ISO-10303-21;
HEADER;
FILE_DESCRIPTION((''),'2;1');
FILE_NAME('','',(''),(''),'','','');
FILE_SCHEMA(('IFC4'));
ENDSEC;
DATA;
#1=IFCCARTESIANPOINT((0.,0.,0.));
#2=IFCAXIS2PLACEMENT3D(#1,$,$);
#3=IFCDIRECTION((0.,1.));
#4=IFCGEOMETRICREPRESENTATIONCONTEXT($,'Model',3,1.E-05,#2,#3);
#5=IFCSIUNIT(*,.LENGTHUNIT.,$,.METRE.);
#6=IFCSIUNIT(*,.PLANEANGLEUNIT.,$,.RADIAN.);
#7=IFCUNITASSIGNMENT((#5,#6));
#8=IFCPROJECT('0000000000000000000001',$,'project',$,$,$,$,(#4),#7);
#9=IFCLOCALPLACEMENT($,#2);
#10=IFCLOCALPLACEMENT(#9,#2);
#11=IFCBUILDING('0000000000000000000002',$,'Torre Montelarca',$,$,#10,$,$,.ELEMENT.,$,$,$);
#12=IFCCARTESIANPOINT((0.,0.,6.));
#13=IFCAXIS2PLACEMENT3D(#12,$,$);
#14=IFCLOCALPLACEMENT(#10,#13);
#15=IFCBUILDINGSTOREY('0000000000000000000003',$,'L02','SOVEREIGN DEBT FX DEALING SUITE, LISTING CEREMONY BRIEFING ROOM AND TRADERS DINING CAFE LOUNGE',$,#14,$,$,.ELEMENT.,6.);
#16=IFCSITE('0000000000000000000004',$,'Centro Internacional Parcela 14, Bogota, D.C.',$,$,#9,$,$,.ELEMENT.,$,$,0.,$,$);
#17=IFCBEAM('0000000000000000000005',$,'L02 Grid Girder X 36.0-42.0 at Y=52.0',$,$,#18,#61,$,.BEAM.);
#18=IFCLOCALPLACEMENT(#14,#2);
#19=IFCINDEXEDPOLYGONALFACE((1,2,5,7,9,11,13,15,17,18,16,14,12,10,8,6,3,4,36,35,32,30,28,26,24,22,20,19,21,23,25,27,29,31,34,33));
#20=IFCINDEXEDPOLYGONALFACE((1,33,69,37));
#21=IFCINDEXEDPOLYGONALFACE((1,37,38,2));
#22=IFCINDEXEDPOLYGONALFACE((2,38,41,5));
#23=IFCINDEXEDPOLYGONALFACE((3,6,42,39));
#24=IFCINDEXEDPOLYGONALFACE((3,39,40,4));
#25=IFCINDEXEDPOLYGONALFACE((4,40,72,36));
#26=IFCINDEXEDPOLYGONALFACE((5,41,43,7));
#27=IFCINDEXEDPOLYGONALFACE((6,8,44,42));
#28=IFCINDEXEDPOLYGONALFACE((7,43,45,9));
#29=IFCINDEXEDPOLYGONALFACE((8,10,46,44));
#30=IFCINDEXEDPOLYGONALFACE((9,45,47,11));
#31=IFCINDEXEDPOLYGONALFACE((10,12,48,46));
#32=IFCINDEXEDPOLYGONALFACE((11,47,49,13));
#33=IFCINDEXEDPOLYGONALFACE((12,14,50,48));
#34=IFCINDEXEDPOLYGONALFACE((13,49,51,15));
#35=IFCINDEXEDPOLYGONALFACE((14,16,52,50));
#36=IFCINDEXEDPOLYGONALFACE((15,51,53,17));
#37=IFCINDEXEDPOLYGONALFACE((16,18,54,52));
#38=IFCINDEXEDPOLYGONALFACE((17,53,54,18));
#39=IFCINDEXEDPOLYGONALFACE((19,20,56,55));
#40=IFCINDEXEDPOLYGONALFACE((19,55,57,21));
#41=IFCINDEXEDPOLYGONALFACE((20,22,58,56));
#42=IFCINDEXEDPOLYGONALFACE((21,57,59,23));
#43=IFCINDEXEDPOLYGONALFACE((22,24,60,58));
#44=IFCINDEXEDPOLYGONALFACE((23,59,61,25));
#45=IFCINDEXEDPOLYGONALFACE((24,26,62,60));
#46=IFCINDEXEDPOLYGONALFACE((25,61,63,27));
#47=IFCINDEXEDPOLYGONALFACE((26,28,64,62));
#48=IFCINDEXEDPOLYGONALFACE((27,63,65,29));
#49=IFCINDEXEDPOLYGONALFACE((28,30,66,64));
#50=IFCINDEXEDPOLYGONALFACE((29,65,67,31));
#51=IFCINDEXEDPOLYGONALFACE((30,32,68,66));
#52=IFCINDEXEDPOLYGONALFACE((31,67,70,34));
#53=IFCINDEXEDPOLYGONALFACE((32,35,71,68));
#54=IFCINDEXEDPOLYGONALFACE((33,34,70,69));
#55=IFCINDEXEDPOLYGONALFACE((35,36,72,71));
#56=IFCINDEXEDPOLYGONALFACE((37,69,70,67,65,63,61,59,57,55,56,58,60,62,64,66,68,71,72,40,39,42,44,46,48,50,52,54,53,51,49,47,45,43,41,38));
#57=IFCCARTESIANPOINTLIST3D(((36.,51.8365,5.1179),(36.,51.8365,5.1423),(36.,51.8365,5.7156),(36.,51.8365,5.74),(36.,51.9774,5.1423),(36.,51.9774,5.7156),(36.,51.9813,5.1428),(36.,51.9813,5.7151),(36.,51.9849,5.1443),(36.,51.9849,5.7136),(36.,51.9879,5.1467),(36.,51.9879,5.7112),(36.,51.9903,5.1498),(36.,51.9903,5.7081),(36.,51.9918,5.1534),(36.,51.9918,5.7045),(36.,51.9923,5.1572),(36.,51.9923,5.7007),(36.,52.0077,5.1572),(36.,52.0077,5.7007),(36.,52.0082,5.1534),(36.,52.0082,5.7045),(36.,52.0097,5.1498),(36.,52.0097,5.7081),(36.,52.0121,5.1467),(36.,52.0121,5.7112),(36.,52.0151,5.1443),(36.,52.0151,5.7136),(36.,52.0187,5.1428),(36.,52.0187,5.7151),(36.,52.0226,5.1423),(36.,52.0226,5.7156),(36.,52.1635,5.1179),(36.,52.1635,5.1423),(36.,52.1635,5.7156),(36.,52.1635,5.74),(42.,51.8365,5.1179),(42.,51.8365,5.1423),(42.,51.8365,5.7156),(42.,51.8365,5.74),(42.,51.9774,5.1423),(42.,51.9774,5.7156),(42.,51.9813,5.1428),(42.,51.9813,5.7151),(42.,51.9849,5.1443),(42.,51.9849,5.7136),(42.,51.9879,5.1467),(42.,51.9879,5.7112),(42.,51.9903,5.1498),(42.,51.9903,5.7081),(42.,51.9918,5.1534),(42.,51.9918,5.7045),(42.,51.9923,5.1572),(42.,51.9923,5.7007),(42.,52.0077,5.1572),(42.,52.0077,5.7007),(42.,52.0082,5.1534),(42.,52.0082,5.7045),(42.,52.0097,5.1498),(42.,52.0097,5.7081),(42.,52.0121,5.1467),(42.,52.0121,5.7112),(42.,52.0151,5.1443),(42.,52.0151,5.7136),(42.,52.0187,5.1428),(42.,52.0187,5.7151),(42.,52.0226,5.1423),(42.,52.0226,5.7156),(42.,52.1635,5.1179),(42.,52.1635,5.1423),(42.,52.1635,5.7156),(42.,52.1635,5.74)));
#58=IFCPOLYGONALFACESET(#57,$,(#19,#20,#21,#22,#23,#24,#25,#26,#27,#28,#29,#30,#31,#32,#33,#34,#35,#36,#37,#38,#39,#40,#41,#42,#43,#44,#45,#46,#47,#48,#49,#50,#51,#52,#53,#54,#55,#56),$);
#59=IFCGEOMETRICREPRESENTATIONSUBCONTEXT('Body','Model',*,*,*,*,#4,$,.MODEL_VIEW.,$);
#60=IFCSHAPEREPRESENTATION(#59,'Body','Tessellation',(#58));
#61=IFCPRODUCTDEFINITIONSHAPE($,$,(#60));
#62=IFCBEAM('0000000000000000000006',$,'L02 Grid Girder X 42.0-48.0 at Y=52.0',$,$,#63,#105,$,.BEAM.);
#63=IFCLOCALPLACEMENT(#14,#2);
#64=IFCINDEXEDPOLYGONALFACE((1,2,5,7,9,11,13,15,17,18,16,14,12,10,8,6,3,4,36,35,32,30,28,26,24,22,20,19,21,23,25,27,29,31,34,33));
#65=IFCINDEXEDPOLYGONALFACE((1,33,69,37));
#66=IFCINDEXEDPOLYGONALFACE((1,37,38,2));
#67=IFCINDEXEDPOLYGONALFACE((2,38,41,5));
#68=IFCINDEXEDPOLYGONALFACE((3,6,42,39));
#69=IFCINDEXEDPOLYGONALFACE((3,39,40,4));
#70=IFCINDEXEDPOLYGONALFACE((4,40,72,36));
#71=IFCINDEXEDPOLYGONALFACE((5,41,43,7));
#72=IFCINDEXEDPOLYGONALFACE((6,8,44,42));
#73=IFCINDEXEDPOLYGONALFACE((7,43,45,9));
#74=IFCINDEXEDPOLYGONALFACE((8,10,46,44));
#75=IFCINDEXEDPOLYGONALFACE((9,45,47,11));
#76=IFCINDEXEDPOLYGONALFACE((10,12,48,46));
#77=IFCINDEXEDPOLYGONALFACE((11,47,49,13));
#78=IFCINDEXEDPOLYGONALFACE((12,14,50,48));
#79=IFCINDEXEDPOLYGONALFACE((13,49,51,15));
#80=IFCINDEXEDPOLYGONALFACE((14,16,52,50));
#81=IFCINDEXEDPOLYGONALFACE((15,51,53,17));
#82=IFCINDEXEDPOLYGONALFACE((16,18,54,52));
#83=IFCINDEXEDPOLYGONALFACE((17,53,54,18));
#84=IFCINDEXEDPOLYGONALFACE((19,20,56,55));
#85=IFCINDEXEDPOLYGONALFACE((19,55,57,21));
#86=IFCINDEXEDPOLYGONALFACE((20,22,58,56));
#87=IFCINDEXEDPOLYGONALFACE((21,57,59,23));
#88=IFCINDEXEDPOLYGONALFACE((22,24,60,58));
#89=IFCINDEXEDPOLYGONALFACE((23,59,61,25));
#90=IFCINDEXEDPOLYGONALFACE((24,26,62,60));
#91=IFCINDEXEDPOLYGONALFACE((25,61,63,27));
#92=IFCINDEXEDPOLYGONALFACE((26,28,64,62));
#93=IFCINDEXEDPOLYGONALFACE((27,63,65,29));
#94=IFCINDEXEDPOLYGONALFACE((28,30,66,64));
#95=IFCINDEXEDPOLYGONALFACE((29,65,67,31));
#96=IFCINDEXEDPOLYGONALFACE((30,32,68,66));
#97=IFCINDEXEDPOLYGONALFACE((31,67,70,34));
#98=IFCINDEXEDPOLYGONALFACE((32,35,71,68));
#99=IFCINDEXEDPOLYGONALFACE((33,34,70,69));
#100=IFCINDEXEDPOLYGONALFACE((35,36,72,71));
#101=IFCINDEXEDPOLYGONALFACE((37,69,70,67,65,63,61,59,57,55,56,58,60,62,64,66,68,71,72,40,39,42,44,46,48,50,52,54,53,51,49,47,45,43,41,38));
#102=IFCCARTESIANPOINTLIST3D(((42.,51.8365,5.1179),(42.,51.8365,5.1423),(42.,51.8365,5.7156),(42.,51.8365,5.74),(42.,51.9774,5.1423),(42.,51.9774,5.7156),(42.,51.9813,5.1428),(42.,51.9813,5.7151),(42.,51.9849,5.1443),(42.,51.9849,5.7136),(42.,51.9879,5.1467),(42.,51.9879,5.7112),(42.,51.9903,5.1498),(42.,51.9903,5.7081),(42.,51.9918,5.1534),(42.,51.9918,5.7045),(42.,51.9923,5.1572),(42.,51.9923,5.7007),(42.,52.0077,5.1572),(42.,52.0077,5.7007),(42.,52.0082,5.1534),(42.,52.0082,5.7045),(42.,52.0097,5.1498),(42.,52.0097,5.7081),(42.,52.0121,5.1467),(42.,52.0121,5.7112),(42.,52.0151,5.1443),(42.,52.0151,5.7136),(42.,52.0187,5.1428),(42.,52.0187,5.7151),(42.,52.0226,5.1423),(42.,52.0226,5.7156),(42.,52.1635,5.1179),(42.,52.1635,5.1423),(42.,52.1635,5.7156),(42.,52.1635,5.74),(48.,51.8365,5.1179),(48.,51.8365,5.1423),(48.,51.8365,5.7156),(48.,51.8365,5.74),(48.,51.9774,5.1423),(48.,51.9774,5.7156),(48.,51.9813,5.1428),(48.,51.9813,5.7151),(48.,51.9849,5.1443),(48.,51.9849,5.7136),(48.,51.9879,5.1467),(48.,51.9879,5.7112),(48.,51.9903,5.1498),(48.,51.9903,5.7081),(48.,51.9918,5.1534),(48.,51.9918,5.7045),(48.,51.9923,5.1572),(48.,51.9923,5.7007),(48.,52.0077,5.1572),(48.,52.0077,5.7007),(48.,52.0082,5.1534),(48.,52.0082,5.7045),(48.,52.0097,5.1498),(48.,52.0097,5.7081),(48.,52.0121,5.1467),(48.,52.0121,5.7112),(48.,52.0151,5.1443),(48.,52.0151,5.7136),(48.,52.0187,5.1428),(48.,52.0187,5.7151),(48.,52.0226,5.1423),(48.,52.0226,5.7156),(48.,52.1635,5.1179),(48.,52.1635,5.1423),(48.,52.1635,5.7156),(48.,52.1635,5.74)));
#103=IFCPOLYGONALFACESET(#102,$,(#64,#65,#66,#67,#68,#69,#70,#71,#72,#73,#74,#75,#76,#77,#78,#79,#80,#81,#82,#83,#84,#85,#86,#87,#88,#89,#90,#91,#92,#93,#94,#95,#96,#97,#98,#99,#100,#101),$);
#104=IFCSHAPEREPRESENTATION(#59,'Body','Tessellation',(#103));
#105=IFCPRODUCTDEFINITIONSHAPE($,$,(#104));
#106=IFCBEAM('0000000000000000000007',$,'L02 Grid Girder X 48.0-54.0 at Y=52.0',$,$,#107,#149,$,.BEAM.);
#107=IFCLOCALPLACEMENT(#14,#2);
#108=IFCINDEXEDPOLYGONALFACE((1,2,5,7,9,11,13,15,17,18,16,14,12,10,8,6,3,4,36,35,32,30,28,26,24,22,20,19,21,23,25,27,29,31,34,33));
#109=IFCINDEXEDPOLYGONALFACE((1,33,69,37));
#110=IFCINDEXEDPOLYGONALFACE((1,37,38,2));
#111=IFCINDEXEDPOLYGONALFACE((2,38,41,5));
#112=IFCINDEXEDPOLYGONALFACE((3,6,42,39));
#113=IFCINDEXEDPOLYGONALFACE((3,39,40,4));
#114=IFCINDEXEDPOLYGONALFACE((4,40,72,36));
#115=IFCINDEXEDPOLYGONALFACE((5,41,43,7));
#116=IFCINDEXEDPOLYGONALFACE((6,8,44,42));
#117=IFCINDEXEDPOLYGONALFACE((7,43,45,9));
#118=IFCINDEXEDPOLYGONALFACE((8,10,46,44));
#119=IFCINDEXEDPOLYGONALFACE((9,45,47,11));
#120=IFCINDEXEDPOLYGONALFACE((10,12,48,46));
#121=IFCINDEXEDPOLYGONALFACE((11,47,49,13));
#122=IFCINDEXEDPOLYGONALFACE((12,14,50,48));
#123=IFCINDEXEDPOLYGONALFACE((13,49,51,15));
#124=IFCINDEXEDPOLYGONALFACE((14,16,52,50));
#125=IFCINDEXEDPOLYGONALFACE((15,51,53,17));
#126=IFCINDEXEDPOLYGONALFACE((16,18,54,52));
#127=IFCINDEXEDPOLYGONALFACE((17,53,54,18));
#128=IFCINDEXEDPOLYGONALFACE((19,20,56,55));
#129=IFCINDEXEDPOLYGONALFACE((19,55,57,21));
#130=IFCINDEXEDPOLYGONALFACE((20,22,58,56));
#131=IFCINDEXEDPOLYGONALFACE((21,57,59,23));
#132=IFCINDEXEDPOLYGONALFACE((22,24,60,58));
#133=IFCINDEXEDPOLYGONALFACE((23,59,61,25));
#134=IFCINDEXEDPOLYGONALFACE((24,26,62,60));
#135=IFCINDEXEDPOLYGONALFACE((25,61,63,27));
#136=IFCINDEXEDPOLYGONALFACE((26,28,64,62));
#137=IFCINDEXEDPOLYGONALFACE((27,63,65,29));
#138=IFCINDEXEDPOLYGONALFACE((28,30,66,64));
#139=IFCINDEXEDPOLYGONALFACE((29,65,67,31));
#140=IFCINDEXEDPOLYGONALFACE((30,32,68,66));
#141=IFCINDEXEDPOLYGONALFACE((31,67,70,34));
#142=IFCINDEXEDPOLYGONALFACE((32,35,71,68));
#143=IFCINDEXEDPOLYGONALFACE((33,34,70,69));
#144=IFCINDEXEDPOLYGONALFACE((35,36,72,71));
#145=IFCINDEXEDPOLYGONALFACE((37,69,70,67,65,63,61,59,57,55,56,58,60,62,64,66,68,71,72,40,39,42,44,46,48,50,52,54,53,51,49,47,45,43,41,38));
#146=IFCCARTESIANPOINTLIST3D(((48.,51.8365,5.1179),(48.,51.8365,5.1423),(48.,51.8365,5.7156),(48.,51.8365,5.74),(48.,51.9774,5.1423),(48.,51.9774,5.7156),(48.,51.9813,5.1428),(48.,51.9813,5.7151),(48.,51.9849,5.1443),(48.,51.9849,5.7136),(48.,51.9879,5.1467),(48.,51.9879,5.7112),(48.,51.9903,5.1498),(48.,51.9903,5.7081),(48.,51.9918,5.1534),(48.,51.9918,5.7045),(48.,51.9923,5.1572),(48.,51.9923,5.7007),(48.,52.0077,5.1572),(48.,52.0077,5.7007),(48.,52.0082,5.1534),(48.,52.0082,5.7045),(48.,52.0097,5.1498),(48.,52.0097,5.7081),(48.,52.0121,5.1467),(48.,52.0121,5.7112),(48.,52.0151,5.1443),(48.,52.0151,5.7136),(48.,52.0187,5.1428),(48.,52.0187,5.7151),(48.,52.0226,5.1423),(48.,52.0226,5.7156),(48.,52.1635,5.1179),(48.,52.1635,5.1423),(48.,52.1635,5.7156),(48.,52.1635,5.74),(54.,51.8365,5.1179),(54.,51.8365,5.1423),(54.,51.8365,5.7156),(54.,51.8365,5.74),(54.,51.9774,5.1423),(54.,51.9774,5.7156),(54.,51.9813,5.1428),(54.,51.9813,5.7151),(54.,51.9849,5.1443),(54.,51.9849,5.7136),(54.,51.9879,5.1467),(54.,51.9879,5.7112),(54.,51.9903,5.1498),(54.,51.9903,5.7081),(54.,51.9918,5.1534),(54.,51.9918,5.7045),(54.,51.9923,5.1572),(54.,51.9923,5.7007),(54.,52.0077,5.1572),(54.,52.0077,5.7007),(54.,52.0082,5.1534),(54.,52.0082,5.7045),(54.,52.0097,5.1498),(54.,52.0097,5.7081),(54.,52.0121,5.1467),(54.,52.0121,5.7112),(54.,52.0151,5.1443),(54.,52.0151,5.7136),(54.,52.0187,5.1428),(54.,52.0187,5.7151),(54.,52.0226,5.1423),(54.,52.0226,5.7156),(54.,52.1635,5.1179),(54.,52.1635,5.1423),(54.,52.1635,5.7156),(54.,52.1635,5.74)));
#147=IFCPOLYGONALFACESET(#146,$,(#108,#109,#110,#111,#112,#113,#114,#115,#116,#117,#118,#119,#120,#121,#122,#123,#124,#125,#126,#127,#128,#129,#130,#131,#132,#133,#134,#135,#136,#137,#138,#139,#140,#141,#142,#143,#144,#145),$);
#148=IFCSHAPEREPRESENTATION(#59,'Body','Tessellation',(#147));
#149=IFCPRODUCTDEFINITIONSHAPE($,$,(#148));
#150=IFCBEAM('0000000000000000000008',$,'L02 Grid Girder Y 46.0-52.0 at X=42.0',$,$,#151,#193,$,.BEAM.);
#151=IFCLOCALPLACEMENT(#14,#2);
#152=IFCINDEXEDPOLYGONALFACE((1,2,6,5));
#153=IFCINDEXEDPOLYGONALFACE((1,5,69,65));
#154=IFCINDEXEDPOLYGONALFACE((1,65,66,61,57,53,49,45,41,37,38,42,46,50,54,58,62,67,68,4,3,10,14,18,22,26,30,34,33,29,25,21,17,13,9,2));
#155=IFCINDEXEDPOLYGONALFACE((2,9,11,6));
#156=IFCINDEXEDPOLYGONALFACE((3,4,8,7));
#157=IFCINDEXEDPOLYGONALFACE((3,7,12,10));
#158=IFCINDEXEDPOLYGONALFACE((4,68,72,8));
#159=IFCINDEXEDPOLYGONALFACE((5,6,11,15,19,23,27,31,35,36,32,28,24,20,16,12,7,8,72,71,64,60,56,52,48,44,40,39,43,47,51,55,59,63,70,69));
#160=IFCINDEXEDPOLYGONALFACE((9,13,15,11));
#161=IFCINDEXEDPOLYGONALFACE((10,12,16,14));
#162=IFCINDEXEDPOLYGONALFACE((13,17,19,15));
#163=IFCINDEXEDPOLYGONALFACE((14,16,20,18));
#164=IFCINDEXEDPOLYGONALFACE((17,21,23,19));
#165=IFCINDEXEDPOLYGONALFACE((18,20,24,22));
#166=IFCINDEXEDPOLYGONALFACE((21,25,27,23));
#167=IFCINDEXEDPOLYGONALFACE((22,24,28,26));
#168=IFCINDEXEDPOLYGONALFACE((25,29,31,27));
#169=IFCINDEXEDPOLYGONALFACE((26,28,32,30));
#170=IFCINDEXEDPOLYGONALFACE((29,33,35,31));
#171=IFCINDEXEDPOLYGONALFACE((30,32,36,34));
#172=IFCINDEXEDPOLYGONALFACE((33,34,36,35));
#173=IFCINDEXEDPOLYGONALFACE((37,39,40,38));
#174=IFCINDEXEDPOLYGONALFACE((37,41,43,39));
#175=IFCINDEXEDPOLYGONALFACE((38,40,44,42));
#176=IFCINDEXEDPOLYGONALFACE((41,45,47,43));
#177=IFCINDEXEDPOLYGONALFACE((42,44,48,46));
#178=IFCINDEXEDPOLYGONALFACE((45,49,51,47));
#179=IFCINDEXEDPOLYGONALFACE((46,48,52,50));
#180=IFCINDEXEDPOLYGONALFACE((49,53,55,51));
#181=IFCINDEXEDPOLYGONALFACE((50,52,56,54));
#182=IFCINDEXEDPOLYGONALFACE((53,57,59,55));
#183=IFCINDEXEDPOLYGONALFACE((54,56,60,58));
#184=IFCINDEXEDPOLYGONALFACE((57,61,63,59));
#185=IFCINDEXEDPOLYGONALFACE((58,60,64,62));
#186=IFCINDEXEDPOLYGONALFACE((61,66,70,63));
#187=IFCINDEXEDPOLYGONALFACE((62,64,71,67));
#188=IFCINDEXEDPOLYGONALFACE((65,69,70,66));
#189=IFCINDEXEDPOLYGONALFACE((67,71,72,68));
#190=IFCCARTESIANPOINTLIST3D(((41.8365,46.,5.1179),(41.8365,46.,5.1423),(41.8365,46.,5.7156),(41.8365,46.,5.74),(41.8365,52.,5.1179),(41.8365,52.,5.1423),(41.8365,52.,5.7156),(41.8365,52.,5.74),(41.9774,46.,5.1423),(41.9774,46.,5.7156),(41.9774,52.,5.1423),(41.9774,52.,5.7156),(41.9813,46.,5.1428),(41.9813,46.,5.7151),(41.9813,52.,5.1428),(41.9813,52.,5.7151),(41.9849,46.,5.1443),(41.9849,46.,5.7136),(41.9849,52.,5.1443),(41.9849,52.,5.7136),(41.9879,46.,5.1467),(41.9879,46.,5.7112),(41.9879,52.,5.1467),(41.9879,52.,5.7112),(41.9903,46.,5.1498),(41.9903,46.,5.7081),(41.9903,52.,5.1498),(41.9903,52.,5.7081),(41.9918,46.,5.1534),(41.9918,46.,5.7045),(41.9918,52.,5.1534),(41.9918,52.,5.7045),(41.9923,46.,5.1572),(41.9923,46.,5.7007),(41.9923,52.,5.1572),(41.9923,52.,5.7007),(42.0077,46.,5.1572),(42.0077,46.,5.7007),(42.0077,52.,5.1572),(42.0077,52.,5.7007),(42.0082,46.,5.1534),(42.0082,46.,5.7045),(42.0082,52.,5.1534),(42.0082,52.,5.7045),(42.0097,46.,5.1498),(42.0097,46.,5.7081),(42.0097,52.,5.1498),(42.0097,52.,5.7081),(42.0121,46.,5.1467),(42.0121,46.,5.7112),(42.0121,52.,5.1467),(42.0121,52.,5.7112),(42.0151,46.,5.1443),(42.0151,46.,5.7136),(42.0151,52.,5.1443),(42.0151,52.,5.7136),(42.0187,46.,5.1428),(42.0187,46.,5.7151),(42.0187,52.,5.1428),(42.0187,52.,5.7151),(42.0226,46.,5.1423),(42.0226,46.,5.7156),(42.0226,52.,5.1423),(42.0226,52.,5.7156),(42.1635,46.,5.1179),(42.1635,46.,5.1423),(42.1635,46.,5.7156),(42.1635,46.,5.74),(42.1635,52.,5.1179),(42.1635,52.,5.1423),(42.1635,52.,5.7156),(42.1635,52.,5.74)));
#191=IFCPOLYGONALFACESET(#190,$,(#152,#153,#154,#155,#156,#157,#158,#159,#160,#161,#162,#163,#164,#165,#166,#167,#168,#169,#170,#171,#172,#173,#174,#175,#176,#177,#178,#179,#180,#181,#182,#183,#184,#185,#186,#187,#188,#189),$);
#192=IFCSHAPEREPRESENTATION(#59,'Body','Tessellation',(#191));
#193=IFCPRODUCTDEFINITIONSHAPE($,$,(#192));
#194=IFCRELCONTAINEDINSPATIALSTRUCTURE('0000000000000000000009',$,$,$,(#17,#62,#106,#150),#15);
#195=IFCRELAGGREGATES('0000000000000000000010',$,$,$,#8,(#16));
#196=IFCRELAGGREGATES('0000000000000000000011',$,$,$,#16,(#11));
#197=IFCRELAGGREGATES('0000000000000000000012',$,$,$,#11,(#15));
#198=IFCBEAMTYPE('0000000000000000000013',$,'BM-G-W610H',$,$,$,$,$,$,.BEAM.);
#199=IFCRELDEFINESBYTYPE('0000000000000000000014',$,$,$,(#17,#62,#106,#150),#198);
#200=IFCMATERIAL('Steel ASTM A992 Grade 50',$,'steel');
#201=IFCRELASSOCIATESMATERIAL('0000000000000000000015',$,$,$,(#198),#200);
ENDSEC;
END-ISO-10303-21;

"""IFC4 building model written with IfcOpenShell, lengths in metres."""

from ifc_helpers import new_model, si_unit, direction, frame, origin, origin_2d, place, context, subcontext, project, spatial, i_section, extrude, source, transform, mapped, material, material_profile, profile_set, type_object, element, save


model = new_model("IFC4")

# Units and contexts
model_context = context("Model", 3, precision=1e-05, world=origin(), true_north=direction((0.0, 1.0)))
body_context = subcontext(model_context, "Body", "Model", "MODEL_VIEW")
ifc_project = project(units=[si_unit("LENGTHUNIT", "METRE"), si_unit("PLANEANGLEUNIT", "RADIAN")], contexts=[model_context])

# Site, building, storey
site_placement = place(None, origin())
site = spatial("IfcSite", under=ifc_project, at=site_placement, Name="Centro Internacional Parcela 14, Bogota, D.C.", CompositionType="ELEMENT", RefElevation=0.0)
building_placement = place(site_placement, origin())
building = spatial("IfcBuilding", under=site, at=building_placement, Name="Torre Montelarca", CompositionType="ELEMENT")
storey_placement = place(building_placement, frame((0.0, 0.0, 6.0)))
storey = spatial("IfcBuildingStorey", under=building, at=storey_placement, Name="L02", Description="SOVEREIGN DEBT FX DEALING SUITE, LISTING CEREMONY BRIEFING ROOM AND TRADERS DINING CAFE LOUNGE", CompositionType="ELEMENT", Elevation=6.0)

# Shared definitions
ifc_material_1 = material(Name="Steel ASTM A992 Grade 50", Category="steel")

# Beams
ifc_material_profile_1 = material_profile(ifc_material_1, i_section(OverallWidth=0.3269, OverallDepth=0.6221, WebThickness=0.0154, FlangeThickness=0.0244, FilletRadius=0.0149, at=origin_2d()), Name="W610X195", Category="steel")
ifc_profile_set_1 = profile_set([ifc_material_profile_1], Name="Steel ASTM A992 Grade 50")
beam_type_1 = type_object("IfcBeamType", Name="BM-G-W610H", PredefinedType="BEAM", material=ifc_profile_set_1)
shared_shape_1 = source(origin(), body_context, "Body", "SweptSolid", [
    extrude(i_section(OverallWidth=0.3269, OverallDepth=0.6221, WebThickness=0.0154, FlangeThickness=0.0244, FilletRadius=0.0149, at=origin_2d()), origin(), (0.0, 0.0, 1.0), 6.0),
])
for number, where, z_axis, x_axis, name in (
    (1, (36.0, 52.0, 5.429), (1.0, 0.0, 0.0), (0.0, 1.0, 0.0), "L02 Grid Girder X 36.0-42.0 at Y=52.0"),
    (2, (42.0, 52.0, 5.429), (1.0, 0.0, 0.0), (0.0, 1.0, 0.0), "L02 Grid Girder X 42.0-48.0 at Y=52.0"),
    (3, (48.0, 52.0, 5.429), (1.0, 0.0, 0.0), (0.0, 1.0, 0.0), "L02 Grid Girder X 48.0-54.0 at Y=52.0"),
    (4, (42.0, 46.0, 5.429), (0.0, 1.0, 0.0), (-1.0, 0.0, 0.0), "L02 Grid Girder Y 46.0-52.0 at X=42.0"),
):
    element("IfcBeam", number, at=place(storey_placement, frame(where, z_axis=z_axis, x_axis=x_axis)), inside=storey, type_object=beam_type_1, Name=name, PredefinedType="BEAM", context=body_context, shape_type="MappedRepresentation", body=[
        mapped(shared_shape_1, transform((0.0, 0.0, 0.0), scale=1.0)),
    ])

save(model, "model.ifc")
